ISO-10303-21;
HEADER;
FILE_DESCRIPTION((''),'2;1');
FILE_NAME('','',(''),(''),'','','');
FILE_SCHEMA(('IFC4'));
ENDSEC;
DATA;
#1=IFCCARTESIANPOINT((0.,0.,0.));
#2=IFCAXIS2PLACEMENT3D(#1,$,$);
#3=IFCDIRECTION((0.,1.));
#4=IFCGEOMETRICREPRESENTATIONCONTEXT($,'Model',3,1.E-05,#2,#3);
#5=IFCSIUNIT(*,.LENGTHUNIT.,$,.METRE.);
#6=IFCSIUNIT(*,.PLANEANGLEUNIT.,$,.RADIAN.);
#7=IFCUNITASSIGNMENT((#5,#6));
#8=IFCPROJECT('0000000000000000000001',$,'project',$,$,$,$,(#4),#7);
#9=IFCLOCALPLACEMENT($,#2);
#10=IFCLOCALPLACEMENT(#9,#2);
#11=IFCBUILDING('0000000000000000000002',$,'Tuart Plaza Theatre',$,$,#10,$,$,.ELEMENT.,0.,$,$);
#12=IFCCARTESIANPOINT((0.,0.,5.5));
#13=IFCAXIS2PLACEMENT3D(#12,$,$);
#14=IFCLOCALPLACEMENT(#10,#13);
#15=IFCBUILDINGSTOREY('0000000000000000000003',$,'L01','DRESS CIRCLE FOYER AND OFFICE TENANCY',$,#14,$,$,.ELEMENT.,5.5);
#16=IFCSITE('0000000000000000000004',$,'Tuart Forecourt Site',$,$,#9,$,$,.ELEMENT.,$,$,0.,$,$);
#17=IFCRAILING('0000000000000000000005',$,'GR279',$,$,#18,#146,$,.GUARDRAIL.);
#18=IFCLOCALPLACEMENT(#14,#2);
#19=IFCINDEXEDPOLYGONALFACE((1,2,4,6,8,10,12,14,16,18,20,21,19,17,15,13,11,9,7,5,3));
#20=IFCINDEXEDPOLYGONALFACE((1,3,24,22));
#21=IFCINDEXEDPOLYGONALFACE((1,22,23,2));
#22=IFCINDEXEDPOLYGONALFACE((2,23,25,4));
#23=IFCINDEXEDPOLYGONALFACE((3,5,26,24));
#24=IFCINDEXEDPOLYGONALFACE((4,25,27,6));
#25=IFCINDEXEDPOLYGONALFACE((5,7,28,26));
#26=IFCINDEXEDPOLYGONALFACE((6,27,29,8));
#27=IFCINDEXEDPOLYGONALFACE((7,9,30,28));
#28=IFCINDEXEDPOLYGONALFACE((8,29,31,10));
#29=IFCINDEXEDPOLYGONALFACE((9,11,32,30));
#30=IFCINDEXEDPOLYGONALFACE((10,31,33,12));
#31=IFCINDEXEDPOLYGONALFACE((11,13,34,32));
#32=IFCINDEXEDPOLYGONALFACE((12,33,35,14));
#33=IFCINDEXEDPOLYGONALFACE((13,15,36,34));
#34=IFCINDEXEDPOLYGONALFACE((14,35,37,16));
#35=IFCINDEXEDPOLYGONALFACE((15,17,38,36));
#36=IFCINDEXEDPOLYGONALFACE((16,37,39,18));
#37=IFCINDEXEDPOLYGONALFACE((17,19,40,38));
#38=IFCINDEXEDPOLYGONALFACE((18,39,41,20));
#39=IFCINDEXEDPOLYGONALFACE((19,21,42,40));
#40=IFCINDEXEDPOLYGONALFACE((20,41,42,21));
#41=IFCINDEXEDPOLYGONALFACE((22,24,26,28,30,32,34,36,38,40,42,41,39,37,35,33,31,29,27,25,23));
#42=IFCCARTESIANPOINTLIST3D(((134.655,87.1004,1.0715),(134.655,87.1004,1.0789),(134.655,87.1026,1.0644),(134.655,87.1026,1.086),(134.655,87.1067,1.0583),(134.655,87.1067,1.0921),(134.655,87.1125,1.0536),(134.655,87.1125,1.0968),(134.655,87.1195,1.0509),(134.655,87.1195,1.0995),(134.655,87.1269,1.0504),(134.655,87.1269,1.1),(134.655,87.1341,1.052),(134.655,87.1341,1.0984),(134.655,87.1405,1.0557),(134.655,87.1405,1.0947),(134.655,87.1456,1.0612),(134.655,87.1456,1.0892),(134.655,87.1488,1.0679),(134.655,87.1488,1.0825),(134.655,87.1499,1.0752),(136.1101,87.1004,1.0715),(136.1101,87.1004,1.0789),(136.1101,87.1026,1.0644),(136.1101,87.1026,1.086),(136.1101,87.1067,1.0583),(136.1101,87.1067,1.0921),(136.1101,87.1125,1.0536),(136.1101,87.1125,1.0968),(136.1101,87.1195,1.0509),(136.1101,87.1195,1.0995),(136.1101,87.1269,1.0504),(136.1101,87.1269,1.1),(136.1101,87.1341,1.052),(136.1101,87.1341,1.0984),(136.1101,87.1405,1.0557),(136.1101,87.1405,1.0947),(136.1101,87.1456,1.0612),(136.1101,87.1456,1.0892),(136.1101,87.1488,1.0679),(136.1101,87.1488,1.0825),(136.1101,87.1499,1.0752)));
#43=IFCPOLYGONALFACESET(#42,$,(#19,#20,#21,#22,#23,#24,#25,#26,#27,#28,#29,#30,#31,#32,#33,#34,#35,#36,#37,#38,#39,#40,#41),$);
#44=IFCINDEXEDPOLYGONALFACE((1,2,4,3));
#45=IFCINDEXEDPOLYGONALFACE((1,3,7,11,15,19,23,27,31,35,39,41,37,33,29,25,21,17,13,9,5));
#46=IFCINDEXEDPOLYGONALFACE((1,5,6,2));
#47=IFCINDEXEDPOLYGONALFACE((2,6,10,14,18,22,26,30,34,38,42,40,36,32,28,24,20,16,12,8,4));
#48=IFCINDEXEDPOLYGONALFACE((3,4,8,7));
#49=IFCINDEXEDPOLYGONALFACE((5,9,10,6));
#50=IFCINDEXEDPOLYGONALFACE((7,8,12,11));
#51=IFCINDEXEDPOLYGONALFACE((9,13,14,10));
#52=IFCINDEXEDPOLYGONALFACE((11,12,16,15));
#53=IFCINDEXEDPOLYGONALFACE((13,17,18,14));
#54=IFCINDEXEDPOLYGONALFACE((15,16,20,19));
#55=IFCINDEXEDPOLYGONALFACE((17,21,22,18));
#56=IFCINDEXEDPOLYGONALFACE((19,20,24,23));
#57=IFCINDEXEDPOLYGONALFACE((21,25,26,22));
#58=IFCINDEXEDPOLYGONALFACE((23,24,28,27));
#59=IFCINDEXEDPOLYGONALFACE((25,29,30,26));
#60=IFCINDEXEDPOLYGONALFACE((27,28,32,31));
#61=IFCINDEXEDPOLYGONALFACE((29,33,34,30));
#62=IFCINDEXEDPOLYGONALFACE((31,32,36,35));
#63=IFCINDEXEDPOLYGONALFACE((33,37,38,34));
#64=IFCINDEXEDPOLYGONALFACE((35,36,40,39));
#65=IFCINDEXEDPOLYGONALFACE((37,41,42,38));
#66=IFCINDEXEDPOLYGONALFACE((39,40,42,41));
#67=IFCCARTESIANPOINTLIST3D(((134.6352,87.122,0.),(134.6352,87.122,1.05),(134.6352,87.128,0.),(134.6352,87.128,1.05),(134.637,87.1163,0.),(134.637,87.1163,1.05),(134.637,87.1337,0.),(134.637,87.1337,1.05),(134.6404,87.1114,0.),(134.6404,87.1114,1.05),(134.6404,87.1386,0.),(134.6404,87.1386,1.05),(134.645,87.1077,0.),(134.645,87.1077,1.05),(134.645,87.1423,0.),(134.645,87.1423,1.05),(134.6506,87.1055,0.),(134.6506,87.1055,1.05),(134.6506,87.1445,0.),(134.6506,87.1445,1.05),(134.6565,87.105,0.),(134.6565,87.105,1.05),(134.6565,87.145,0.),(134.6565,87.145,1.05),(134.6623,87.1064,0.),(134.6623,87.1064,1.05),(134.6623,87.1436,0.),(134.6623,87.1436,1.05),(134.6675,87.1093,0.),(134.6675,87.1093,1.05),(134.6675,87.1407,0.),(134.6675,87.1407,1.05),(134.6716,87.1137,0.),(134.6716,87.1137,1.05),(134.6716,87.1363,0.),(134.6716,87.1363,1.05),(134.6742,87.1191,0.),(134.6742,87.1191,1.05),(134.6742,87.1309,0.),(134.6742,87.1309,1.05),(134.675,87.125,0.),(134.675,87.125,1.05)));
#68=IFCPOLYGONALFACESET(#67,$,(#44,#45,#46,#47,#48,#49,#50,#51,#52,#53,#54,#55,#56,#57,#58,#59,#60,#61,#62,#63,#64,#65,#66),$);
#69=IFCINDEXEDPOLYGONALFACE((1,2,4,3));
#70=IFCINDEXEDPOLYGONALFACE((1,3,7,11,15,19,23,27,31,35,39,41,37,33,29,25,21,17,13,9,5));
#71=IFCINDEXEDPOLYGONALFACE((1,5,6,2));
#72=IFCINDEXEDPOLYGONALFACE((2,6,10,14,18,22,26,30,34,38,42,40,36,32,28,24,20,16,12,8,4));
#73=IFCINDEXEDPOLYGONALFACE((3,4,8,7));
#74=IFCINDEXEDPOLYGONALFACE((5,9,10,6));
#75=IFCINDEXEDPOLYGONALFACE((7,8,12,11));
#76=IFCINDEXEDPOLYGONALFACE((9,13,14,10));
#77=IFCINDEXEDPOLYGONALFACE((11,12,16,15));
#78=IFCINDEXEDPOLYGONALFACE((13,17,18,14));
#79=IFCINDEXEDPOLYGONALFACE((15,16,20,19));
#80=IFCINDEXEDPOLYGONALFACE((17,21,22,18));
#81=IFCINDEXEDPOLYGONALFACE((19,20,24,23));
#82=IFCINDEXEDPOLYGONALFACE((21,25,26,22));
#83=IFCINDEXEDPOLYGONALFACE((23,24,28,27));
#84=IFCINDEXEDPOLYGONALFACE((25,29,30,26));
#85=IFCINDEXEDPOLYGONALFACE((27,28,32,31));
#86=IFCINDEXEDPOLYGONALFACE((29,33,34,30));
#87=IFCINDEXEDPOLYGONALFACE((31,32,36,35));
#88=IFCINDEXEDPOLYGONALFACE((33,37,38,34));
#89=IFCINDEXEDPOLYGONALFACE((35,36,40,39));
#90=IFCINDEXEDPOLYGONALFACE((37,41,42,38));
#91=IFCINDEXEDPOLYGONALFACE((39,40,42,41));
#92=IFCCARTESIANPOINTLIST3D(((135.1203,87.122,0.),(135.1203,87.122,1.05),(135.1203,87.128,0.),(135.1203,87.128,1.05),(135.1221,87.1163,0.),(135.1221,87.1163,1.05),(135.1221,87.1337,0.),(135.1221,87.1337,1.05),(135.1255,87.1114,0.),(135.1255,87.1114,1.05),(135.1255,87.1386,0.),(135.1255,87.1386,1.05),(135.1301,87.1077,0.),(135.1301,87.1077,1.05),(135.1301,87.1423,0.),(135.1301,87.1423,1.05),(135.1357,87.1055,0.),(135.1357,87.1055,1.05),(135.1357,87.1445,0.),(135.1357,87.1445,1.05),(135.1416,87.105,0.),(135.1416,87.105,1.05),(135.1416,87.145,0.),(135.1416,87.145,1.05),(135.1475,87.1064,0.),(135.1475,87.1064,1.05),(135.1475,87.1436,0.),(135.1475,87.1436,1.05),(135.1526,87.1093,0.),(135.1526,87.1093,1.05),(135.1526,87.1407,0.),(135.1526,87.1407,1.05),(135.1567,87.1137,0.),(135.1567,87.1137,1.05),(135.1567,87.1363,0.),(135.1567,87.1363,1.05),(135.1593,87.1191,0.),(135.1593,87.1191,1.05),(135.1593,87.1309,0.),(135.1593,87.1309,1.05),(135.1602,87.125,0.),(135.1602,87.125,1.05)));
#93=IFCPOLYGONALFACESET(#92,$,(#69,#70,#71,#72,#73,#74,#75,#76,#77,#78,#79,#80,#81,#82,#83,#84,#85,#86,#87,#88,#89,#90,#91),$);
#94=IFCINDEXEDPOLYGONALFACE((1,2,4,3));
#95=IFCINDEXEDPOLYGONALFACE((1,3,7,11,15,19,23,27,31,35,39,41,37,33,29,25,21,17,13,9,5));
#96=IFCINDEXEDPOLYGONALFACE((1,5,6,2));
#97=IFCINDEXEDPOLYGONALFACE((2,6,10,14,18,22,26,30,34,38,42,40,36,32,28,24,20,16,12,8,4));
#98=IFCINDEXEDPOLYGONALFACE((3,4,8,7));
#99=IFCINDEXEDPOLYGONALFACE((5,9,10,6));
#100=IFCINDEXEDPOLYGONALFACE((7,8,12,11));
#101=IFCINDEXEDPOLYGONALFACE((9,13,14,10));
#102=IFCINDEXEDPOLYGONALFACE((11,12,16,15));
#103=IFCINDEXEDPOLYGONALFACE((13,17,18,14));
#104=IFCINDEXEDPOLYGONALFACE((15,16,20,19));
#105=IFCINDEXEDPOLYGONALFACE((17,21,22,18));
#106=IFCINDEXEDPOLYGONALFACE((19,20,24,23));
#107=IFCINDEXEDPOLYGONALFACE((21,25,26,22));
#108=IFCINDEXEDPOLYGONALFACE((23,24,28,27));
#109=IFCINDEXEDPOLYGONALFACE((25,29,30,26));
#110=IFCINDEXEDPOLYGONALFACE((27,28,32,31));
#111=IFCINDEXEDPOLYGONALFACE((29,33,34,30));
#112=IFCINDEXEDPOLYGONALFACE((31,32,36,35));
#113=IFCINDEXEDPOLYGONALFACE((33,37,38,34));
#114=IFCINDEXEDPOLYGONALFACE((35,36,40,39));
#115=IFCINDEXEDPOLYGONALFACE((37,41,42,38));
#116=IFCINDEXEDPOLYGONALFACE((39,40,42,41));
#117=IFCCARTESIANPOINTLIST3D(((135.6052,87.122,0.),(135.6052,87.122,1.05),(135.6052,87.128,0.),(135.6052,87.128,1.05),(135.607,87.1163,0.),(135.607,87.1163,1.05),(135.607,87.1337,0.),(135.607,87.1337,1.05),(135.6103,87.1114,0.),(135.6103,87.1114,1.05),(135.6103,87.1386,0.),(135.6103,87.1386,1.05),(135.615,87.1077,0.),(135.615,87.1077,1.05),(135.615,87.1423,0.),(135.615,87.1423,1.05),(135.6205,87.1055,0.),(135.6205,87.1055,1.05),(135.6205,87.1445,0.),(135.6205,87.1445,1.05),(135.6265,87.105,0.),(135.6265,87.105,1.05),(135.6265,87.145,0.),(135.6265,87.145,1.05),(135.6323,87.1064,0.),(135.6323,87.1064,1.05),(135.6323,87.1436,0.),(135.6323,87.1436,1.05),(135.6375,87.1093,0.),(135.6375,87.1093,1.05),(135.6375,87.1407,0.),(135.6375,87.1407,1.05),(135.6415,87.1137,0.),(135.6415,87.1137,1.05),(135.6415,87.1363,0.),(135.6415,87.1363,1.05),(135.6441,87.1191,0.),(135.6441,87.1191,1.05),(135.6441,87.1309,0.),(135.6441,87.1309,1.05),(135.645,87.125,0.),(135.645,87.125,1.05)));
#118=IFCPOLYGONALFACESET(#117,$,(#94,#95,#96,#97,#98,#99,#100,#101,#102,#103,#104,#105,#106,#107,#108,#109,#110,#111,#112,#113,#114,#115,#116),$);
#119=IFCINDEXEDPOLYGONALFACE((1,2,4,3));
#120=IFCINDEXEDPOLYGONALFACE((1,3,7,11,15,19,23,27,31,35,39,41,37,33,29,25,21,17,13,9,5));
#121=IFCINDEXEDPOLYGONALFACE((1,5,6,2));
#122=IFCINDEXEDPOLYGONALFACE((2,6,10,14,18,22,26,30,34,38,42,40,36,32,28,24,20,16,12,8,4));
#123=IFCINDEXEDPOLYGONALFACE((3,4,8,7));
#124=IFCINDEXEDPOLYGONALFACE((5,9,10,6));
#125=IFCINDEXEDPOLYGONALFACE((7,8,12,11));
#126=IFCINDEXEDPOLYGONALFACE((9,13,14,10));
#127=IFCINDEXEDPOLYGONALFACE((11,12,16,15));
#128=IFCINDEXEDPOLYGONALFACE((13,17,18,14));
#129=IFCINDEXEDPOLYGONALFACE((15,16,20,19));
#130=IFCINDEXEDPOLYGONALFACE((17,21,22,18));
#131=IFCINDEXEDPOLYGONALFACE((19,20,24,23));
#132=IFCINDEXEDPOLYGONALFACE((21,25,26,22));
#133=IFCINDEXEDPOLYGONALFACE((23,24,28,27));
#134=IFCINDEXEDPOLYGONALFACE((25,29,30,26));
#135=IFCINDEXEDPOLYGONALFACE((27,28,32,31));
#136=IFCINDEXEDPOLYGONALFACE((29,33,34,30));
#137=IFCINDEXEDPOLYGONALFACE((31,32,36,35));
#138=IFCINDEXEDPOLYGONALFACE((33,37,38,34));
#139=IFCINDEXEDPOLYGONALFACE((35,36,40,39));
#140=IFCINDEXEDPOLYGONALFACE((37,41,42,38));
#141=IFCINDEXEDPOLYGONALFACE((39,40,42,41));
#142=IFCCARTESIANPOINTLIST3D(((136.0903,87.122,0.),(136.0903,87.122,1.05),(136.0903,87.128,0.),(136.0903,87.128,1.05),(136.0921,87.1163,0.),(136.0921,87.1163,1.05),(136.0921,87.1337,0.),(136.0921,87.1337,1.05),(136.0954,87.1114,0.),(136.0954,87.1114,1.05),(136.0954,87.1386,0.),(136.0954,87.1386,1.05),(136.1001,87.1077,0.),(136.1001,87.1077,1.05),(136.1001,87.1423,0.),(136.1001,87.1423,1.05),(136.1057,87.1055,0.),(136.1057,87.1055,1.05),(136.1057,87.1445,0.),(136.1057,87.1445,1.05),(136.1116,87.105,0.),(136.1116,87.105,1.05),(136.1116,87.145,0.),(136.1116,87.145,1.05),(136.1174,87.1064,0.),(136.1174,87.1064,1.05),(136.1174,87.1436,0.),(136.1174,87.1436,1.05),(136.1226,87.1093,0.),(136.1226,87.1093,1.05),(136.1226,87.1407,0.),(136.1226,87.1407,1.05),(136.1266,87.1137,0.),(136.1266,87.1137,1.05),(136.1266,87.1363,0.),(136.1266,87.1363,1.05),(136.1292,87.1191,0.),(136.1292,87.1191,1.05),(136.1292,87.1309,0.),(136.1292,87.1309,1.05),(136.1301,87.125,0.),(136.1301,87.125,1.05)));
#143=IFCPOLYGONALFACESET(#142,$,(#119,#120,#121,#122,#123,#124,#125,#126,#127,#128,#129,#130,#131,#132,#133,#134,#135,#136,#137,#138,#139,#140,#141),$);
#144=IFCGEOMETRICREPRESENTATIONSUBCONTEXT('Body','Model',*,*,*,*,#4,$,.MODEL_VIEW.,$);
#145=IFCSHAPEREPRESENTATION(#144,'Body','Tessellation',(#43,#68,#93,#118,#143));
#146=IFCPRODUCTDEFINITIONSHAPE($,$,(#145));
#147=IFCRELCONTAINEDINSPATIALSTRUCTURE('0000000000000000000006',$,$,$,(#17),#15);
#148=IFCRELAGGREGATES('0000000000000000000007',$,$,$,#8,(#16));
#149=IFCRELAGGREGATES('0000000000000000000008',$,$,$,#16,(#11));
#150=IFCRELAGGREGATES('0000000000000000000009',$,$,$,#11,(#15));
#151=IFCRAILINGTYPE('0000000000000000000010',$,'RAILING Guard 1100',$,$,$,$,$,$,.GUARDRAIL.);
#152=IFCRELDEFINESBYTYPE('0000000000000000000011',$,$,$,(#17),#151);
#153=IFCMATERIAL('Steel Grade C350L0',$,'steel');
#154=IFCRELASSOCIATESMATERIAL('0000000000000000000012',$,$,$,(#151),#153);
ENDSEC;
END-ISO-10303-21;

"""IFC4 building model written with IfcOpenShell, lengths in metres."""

from ifc_helpers import new_model, si_unit, direction, frame, origin, origin_2d, place, context, subcontext, project, spatial, circle, extrude, material, type_object, element, save


model = new_model("IFC4")

# Units and contexts
model_context = context("Model", 3, precision=1e-05, world=origin(), true_north=direction((0.0, 1.0)))
body_context = subcontext(model_context, "Body", "Model", "MODEL_VIEW")
ifc_project = project(units=[si_unit("LENGTHUNIT", "METRE"), si_unit("PLANEANGLEUNIT", "RADIAN")], contexts=[model_context])

# Site, building, storey
site_placement = place(None, origin())
site = spatial("IfcSite", under=ifc_project, at=site_placement, Name="Tuart Forecourt Site", CompositionType="ELEMENT", RefElevation=0.0)
building_placement = place(site_placement, origin())
building = spatial("IfcBuilding", under=site, at=building_placement, Name="Tuart Plaza Theatre", CompositionType="ELEMENT", ElevationOfRefHeight=0.0)
storey_placement = place(building_placement, frame((0.0, 0.0, 5.5)))
storey = spatial("IfcBuildingStorey", under=building, at=storey_placement, Name="L01", Description="DRESS CIRCLE FOYER AND OFFICE TENANCY", CompositionType="ELEMENT", Elevation=5.5)

# Railing
ifc_material_1 = material(Name="Steel Grade C350L0", Category="steel")
railing_type_1 = type_object("IfcRailingType", Name="RAILING Guard 1100", PredefinedType="GUARDRAIL", material=ifc_material_1)
railing_1_placement = place(storey_placement, frame((134.655, 87.125, 0.0)))
element("IfcRailing", 1, at=railing_1_placement, inside=storey, type_object=railing_type_1, Name="GR279", PredefinedType="GUARDRAIL", context=body_context, shape_type="SweptSolid", body=[
    extrude(circle(Radius=0.0249, at=origin_2d()), frame((0.0, 0.0, 1.0752), z_axis=(1.0, 0.0, 0.0), x_axis=(0.0, 1.0, 0.0)), (0.0, 0.0, 1.0), 1.4551),
    extrude(circle(Radius=0.02, at=origin_2d()), origin(), (0.0, 0.0, 1.0), 1.05),
    extrude(circle(Radius=0.02, at=origin_2d()), frame((0.4851, 0.0, 0.0)), (0.0, 0.0, 1.0), 1.05),
    extrude(circle(Radius=0.02, at=origin_2d()), frame((0.97, 0.0, 0.0)), (0.0, 0.0, 1.0), 1.05),
    extrude(circle(Radius=0.02, at=origin_2d()), frame((1.4551, 0.0, 0.0)), (0.0, 0.0, 1.0), 1.05),
])

save(model, "model.ifc")
